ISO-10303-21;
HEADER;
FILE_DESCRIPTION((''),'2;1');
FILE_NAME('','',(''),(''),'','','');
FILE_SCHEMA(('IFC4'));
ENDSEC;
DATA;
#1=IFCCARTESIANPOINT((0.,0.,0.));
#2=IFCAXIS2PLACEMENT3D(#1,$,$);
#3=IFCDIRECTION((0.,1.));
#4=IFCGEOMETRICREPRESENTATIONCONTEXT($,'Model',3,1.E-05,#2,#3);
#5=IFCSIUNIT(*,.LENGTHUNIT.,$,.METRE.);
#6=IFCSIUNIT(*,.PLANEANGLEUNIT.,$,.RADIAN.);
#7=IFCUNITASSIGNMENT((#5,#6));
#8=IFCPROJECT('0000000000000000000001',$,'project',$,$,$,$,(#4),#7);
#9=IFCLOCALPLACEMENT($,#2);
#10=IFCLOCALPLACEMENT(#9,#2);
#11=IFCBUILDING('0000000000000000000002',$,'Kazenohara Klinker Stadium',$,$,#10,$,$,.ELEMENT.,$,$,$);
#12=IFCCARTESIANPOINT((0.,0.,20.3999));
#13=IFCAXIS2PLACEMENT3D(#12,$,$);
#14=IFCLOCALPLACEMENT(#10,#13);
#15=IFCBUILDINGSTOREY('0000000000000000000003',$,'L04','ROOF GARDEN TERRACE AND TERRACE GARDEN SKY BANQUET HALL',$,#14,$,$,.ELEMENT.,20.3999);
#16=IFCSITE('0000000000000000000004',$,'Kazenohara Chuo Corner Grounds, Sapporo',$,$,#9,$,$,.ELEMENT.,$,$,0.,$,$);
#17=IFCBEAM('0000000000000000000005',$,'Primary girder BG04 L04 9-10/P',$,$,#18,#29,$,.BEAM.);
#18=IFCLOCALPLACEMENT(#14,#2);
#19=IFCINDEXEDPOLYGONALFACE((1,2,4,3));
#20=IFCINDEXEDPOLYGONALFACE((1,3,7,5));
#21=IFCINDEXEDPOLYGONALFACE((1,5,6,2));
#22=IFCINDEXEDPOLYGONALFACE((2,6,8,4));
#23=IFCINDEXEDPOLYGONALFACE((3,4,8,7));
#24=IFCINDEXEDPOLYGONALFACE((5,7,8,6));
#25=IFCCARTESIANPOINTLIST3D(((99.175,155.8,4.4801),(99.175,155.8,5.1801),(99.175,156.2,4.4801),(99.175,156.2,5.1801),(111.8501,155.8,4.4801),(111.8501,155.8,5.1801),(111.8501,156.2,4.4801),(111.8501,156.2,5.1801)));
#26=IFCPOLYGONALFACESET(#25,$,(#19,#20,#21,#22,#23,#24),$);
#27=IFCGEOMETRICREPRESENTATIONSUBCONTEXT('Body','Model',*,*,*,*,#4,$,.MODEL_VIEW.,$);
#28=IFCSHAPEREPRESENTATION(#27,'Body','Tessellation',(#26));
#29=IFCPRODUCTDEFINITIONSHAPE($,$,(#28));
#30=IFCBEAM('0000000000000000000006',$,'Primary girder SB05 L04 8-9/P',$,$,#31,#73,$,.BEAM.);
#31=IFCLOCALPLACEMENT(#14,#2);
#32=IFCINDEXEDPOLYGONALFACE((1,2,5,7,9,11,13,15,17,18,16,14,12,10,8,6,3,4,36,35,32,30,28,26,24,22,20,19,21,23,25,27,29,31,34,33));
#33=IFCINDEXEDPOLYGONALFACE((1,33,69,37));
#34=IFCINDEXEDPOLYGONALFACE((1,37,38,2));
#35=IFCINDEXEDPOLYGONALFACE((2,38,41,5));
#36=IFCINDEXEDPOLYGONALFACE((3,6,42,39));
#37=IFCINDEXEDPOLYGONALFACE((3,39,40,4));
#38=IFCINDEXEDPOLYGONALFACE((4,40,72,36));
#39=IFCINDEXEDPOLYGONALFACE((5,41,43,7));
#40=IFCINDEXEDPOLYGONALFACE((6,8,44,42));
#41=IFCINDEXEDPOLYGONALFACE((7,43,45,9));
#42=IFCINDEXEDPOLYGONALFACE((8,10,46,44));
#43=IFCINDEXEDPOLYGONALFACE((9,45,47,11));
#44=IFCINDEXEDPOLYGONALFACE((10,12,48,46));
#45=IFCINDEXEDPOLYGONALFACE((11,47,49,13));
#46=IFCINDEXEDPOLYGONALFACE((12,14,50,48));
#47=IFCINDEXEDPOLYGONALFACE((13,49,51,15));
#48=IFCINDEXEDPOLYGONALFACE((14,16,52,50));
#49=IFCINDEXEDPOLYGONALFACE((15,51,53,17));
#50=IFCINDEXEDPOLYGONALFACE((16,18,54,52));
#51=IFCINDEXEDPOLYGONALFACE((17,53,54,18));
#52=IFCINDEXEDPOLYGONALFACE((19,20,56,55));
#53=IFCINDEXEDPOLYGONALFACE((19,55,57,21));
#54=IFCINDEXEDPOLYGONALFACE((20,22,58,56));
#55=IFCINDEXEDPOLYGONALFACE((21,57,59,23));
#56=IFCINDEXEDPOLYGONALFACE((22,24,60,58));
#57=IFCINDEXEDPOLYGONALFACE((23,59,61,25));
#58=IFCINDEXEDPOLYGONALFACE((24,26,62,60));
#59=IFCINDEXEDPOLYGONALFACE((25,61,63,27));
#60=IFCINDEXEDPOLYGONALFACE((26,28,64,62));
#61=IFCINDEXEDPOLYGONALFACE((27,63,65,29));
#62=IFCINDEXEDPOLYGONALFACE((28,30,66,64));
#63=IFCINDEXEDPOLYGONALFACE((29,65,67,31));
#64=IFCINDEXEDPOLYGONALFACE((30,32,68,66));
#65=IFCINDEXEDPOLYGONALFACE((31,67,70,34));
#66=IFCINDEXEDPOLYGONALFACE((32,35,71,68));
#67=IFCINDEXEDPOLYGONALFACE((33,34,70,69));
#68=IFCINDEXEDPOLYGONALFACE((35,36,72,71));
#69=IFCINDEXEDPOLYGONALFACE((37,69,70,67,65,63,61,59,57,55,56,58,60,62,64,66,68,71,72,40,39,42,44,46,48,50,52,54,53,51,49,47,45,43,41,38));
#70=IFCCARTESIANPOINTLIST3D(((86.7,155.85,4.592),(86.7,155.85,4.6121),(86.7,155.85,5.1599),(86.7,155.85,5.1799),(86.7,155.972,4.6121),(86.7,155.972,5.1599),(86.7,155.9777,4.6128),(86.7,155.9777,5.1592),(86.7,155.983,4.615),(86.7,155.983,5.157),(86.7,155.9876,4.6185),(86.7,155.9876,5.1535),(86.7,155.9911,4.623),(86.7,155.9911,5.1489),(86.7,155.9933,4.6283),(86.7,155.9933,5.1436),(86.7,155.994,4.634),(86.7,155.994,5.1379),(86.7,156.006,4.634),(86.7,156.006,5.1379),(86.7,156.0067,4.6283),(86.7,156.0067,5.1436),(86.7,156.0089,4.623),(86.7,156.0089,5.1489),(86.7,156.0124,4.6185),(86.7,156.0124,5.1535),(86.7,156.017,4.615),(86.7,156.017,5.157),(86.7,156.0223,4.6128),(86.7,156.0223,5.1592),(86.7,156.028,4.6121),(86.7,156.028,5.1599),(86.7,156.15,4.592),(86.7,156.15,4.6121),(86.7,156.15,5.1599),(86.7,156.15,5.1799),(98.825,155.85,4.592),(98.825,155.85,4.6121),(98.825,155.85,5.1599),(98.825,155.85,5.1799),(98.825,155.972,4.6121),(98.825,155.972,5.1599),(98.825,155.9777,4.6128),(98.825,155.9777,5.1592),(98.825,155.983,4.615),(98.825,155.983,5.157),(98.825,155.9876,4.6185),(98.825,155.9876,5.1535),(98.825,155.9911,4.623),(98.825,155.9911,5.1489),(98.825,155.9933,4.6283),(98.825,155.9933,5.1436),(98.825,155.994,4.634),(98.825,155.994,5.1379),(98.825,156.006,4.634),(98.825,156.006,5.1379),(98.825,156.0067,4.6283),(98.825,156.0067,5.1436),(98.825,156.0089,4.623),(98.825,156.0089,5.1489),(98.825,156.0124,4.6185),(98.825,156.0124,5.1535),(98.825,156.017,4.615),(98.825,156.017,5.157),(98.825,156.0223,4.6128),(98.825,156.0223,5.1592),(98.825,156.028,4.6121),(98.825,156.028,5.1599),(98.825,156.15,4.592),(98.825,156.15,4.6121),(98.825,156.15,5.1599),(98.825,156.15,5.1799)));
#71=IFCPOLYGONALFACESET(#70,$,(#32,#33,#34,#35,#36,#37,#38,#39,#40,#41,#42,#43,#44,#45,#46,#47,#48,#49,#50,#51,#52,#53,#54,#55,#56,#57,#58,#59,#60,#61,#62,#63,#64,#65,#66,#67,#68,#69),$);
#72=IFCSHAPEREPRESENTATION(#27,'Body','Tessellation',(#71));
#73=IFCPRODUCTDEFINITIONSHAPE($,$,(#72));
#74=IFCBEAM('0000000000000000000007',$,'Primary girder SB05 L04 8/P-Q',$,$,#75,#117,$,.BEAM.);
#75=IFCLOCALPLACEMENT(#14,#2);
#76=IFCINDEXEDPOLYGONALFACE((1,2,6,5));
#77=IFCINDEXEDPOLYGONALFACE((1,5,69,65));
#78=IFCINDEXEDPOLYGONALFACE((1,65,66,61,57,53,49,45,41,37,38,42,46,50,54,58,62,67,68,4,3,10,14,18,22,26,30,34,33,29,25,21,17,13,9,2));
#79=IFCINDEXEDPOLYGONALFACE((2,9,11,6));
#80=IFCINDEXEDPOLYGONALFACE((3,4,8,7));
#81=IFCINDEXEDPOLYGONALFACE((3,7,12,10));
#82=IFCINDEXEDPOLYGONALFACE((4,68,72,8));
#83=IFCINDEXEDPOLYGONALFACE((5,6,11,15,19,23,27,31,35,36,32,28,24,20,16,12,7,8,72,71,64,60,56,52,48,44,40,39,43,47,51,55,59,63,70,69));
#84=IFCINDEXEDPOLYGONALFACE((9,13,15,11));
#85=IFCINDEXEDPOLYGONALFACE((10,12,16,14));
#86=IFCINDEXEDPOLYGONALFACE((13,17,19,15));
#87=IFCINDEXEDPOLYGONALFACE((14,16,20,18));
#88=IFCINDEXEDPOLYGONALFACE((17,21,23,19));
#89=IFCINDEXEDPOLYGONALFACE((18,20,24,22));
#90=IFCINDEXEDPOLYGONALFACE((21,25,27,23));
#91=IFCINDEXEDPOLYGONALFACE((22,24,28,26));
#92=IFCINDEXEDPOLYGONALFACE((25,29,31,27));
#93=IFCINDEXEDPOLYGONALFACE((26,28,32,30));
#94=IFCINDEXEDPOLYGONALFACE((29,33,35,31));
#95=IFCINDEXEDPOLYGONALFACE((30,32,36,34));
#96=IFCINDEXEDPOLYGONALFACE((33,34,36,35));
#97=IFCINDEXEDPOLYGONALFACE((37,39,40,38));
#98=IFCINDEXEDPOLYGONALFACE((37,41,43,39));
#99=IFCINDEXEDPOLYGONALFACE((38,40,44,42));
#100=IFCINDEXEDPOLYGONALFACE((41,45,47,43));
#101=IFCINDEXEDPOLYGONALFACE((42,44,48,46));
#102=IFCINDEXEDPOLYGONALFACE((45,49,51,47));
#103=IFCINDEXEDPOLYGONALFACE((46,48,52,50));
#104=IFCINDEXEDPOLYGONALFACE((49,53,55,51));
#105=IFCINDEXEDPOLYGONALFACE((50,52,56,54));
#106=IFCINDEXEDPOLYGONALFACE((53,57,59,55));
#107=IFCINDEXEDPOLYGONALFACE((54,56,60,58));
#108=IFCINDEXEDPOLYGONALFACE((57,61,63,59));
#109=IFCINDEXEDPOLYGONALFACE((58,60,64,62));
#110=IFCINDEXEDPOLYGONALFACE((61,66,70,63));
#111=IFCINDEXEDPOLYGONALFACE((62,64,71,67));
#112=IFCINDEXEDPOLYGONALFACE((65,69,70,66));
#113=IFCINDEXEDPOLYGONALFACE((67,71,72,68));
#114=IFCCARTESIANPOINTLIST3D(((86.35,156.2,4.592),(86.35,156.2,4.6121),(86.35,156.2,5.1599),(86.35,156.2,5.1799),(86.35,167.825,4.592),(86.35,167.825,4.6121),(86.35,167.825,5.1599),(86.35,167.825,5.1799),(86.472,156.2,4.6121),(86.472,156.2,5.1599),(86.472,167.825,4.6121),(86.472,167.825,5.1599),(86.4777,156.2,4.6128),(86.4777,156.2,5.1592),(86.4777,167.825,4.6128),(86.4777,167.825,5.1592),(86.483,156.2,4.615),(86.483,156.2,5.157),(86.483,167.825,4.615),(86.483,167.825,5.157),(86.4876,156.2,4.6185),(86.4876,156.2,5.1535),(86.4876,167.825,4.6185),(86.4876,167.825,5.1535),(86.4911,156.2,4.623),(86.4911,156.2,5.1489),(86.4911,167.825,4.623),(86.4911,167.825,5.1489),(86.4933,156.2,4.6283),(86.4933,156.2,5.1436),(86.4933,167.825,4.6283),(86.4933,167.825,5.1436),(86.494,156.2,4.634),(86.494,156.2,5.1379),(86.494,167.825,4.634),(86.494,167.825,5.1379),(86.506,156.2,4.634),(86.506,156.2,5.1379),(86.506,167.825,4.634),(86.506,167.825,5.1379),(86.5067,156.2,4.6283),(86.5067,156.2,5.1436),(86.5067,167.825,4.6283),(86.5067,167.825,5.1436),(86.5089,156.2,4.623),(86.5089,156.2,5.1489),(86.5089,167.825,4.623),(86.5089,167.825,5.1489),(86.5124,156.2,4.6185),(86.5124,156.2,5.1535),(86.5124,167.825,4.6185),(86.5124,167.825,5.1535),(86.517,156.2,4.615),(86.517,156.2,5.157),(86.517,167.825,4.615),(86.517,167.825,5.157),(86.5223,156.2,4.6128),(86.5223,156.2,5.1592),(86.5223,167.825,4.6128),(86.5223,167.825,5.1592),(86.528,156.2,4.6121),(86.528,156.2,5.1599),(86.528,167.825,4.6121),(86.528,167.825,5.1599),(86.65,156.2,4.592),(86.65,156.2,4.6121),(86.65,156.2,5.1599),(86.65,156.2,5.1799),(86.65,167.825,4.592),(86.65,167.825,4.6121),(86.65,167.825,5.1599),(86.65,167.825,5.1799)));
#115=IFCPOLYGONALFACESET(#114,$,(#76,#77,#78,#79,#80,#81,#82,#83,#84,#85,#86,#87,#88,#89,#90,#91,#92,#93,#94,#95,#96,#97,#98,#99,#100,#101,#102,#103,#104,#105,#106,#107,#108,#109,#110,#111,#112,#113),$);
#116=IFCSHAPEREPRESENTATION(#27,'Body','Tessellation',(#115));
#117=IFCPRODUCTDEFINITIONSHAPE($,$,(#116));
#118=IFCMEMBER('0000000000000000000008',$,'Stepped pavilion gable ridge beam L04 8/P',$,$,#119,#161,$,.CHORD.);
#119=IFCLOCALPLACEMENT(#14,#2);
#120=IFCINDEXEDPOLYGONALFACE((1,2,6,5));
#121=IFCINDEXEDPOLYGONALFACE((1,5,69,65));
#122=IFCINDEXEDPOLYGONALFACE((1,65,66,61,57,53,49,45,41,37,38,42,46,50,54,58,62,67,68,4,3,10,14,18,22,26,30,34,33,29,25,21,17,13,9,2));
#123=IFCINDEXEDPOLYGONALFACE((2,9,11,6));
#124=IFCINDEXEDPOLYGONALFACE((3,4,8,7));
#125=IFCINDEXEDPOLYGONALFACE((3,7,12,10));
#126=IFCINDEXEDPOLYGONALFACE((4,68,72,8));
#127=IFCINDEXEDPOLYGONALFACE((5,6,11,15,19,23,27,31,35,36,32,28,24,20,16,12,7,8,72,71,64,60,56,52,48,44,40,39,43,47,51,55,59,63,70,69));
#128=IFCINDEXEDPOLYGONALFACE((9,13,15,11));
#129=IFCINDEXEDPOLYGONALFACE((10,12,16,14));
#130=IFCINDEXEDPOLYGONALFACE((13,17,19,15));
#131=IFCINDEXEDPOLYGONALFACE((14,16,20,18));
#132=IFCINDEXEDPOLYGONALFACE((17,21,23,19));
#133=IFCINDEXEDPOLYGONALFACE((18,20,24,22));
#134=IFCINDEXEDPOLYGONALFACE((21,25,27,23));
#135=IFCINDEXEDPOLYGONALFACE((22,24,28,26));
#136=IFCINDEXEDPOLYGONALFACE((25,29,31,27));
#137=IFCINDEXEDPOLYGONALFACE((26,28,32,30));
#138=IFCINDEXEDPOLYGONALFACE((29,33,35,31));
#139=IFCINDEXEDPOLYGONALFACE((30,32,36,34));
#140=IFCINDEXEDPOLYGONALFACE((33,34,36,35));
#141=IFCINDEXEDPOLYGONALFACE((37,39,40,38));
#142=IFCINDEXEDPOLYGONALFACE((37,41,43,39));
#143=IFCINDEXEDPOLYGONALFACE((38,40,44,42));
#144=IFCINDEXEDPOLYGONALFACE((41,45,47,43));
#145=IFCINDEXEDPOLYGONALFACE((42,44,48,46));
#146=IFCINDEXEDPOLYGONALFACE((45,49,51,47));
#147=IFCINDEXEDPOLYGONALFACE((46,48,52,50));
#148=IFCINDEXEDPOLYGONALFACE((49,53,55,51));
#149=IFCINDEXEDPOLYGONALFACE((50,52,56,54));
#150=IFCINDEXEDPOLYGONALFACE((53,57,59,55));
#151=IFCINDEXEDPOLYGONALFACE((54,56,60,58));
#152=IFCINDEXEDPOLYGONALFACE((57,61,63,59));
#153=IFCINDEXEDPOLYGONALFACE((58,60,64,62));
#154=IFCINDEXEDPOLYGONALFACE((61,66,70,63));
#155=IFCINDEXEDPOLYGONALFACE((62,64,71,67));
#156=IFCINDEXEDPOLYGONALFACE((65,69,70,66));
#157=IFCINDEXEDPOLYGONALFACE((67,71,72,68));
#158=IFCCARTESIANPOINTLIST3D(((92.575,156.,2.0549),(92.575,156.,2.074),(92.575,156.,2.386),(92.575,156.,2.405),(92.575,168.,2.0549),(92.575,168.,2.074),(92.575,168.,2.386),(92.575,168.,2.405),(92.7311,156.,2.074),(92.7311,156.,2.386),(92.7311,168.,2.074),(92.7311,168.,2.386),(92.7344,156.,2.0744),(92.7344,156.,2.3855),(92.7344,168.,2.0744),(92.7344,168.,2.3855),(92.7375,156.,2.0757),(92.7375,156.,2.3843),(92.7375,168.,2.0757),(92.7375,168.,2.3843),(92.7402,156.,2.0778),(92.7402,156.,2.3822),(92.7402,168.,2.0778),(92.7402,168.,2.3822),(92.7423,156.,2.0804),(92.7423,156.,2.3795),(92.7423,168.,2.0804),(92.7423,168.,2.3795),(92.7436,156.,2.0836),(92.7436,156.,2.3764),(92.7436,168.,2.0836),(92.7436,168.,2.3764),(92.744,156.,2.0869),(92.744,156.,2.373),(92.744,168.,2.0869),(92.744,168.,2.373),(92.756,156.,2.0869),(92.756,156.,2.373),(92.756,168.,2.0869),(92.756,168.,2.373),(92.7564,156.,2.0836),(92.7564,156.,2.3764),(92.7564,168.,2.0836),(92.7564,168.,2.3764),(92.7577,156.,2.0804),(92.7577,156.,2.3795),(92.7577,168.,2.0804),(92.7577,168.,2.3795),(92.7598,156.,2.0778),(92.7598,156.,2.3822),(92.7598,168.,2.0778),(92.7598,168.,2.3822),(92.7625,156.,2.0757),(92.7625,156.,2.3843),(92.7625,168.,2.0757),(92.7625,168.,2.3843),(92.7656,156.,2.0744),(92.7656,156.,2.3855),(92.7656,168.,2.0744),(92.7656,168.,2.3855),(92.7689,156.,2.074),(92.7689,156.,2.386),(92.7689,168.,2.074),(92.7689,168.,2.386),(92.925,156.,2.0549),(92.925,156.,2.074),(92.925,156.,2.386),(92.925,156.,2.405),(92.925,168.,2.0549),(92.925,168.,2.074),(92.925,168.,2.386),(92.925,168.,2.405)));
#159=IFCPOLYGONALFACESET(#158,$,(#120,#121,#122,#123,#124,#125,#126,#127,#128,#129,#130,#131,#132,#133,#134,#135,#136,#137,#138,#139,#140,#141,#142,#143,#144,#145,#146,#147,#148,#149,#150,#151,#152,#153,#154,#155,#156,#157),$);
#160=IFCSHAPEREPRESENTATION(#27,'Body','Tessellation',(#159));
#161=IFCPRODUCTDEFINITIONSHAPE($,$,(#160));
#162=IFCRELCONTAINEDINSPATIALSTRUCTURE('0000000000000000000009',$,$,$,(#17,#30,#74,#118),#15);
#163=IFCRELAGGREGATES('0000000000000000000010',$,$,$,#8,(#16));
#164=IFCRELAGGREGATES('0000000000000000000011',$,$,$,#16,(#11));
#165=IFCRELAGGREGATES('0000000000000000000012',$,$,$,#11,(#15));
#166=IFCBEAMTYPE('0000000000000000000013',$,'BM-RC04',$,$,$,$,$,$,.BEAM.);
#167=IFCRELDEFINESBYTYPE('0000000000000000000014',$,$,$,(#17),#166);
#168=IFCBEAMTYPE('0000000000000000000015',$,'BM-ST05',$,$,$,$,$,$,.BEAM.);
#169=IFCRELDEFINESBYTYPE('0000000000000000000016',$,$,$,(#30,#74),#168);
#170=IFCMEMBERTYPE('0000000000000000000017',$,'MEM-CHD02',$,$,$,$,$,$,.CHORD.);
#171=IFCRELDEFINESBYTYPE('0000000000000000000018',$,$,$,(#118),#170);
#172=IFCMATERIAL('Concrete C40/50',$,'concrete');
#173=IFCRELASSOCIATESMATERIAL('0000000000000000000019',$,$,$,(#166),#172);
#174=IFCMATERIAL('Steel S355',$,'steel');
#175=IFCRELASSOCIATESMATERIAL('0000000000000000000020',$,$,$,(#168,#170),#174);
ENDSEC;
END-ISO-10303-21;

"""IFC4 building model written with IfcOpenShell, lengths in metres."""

from ifc_helpers import new_model, si_unit, direction, frame, origin, origin_2d, place, context, subcontext, project, spatial, rectangle, i_section, extrude, material, material_profile, profile_set, type_object, element, save


model = new_model("IFC4")

# Units and contexts
model_context = context("Model", 3, precision=1e-05, world=origin(), true_north=direction((0.0, 1.0)))
body_context = subcontext(model_context, "Body", "Model", "MODEL_VIEW")
ifc_project = project(units=[si_unit("LENGTHUNIT", "METRE"), si_unit("PLANEANGLEUNIT", "RADIAN")], contexts=[model_context])

# Site, building, storey
site_placement = place(None, origin())
site = spatial("IfcSite", under=ifc_project, at=site_placement, Name="Kazenohara Chuo Corner Grounds, Sapporo", CompositionType="ELEMENT", RefElevation=0.0)
building_placement = place(site_placement, origin())
building = spatial("IfcBuilding", under=site, at=building_placement, Name="Kazenohara Klinker Stadium", CompositionType="ELEMENT")
storey_placement = place(building_placement, frame((0.0, 0.0, 20.3999)))
storey = spatial("IfcBuildingStorey", under=building, at=storey_placement, Name="L04", Description="ROOF GARDEN TERRACE AND TERRACE GARDEN SKY BANQUET HALL", CompositionType="ELEMENT", Elevation=20.3999)

# Shared definitions
ifc_material_1 = material(Name="Steel S355", Category="steel")

# Beams
ifc_material_2 = material(Name="Concrete C40/50", Category="concrete")
ifc_material_profile_1 = material_profile(ifc_material_2, rectangle(XDim=0.3999, YDim=0.7, at=origin_2d()), Name="RC-BM-400x700")
ifc_profile_set_1 = profile_set([ifc_material_profile_1], Name="Concrete C40/50")
beam_type_1 = type_object("IfcBeamType", Name="BM-RC04", PredefinedType="BEAM", material=ifc_profile_set_1)
beam_1_placement = place(storey_placement, frame((99.175, 156.0, 4.8301), z_axis=(1.0, 0.0, 0.0), x_axis=(0.0, 1.0, 0.0)))
element("IfcBeam", 1, at=beam_1_placement, inside=storey, type_object=beam_type_1, Name="Primary girder BG04 L04 9-10/P", PredefinedType="BEAM", context=body_context, shape_type="SweptSolid", body=[
    extrude(rectangle(XDim=0.3999, YDim=0.7, at=origin_2d()), origin(), (0.0, 0.0, 1.0), 12.675),
])
ifc_material_profile_2 = material_profile(ifc_material_1, i_section(OverallWidth=0.3, OverallDepth=0.5879, WebThickness=0.012, FlangeThickness=0.02, FilletRadius=0.022, at=origin_2d()), Name="H-588x300x12x20")
ifc_profile_set_2 = profile_set([ifc_material_profile_2], Name="Steel S355")
beam_type_2 = type_object("IfcBeamType", Name="BM-ST05", PredefinedType="BEAM", material=ifc_profile_set_2)
beam_2_placement = place(storey_placement, frame((86.7, 156.0, 4.886), z_axis=(1.0, 0.0, 0.0), x_axis=(0.0, 1.0, 0.0)))
element("IfcBeam", 2, at=beam_2_placement, inside=storey, type_object=beam_type_2, Name="Primary girder SB05 L04 8-9/P", PredefinedType="BEAM", context=body_context, shape_type="SweptSolid", body=[
    extrude(i_section(OverallWidth=0.3, OverallDepth=0.5879, WebThickness=0.012, FlangeThickness=0.02, FilletRadius=0.022, at=origin_2d()), origin(), (0.0, 0.0, 1.0), 12.125),
])
beam_3_placement = place(storey_placement, frame((86.5, 156.2, 4.886), z_axis=(0.0, 1.0, 0.0), x_axis=(-1.0, 0.0, 0.0)))
element("IfcBeam", 3, at=beam_3_placement, inside=storey, type_object=beam_type_2, Name="Primary girder SB05 L04 8/P-Q", PredefinedType="BEAM", context=body_context, shape_type="SweptSolid", body=[
    extrude(i_section(OverallWidth=0.3, OverallDepth=0.5879, WebThickness=0.012, FlangeThickness=0.02, FilletRadius=0.022, at=origin_2d()), origin(), (0.0, 0.0, 1.0), 11.625),
])

# Member
ifc_material_profile_3 = material_profile(ifc_material_1, i_section(OverallWidth=0.3501, OverallDepth=0.3501, WebThickness=0.012, FlangeThickness=0.019, FilletRadius=0.0129, at=origin_2d()), Name="H-350x350x12x19")
ifc_profile_set_3 = profile_set([ifc_material_profile_3], Name="Steel S355")
member_type_1 = type_object("IfcMemberType", Name="MEM-CHD02", PredefinedType="CHORD", material=ifc_profile_set_3)
member_placement = place(storey_placement, frame((92.75, 156.0, 2.23), z_axis=(0.0, 1.0, 0.0), x_axis=(-1.0, 0.0, 0.0)))
element("IfcMember", 4, at=member_placement, inside=storey, type_object=member_type_1, Name="Stepped pavilion gable ridge beam L04 8/P", PredefinedType="CHORD", context=body_context, shape_type="SweptSolid", body=[
    extrude(i_section(OverallWidth=0.3501, OverallDepth=0.3501, WebThickness=0.012, FlangeThickness=0.019, FilletRadius=0.0129, at=origin_2d()), origin(), (0.0, 0.0, 1.0), 12.0),
])

save(model, "model.ifc")
